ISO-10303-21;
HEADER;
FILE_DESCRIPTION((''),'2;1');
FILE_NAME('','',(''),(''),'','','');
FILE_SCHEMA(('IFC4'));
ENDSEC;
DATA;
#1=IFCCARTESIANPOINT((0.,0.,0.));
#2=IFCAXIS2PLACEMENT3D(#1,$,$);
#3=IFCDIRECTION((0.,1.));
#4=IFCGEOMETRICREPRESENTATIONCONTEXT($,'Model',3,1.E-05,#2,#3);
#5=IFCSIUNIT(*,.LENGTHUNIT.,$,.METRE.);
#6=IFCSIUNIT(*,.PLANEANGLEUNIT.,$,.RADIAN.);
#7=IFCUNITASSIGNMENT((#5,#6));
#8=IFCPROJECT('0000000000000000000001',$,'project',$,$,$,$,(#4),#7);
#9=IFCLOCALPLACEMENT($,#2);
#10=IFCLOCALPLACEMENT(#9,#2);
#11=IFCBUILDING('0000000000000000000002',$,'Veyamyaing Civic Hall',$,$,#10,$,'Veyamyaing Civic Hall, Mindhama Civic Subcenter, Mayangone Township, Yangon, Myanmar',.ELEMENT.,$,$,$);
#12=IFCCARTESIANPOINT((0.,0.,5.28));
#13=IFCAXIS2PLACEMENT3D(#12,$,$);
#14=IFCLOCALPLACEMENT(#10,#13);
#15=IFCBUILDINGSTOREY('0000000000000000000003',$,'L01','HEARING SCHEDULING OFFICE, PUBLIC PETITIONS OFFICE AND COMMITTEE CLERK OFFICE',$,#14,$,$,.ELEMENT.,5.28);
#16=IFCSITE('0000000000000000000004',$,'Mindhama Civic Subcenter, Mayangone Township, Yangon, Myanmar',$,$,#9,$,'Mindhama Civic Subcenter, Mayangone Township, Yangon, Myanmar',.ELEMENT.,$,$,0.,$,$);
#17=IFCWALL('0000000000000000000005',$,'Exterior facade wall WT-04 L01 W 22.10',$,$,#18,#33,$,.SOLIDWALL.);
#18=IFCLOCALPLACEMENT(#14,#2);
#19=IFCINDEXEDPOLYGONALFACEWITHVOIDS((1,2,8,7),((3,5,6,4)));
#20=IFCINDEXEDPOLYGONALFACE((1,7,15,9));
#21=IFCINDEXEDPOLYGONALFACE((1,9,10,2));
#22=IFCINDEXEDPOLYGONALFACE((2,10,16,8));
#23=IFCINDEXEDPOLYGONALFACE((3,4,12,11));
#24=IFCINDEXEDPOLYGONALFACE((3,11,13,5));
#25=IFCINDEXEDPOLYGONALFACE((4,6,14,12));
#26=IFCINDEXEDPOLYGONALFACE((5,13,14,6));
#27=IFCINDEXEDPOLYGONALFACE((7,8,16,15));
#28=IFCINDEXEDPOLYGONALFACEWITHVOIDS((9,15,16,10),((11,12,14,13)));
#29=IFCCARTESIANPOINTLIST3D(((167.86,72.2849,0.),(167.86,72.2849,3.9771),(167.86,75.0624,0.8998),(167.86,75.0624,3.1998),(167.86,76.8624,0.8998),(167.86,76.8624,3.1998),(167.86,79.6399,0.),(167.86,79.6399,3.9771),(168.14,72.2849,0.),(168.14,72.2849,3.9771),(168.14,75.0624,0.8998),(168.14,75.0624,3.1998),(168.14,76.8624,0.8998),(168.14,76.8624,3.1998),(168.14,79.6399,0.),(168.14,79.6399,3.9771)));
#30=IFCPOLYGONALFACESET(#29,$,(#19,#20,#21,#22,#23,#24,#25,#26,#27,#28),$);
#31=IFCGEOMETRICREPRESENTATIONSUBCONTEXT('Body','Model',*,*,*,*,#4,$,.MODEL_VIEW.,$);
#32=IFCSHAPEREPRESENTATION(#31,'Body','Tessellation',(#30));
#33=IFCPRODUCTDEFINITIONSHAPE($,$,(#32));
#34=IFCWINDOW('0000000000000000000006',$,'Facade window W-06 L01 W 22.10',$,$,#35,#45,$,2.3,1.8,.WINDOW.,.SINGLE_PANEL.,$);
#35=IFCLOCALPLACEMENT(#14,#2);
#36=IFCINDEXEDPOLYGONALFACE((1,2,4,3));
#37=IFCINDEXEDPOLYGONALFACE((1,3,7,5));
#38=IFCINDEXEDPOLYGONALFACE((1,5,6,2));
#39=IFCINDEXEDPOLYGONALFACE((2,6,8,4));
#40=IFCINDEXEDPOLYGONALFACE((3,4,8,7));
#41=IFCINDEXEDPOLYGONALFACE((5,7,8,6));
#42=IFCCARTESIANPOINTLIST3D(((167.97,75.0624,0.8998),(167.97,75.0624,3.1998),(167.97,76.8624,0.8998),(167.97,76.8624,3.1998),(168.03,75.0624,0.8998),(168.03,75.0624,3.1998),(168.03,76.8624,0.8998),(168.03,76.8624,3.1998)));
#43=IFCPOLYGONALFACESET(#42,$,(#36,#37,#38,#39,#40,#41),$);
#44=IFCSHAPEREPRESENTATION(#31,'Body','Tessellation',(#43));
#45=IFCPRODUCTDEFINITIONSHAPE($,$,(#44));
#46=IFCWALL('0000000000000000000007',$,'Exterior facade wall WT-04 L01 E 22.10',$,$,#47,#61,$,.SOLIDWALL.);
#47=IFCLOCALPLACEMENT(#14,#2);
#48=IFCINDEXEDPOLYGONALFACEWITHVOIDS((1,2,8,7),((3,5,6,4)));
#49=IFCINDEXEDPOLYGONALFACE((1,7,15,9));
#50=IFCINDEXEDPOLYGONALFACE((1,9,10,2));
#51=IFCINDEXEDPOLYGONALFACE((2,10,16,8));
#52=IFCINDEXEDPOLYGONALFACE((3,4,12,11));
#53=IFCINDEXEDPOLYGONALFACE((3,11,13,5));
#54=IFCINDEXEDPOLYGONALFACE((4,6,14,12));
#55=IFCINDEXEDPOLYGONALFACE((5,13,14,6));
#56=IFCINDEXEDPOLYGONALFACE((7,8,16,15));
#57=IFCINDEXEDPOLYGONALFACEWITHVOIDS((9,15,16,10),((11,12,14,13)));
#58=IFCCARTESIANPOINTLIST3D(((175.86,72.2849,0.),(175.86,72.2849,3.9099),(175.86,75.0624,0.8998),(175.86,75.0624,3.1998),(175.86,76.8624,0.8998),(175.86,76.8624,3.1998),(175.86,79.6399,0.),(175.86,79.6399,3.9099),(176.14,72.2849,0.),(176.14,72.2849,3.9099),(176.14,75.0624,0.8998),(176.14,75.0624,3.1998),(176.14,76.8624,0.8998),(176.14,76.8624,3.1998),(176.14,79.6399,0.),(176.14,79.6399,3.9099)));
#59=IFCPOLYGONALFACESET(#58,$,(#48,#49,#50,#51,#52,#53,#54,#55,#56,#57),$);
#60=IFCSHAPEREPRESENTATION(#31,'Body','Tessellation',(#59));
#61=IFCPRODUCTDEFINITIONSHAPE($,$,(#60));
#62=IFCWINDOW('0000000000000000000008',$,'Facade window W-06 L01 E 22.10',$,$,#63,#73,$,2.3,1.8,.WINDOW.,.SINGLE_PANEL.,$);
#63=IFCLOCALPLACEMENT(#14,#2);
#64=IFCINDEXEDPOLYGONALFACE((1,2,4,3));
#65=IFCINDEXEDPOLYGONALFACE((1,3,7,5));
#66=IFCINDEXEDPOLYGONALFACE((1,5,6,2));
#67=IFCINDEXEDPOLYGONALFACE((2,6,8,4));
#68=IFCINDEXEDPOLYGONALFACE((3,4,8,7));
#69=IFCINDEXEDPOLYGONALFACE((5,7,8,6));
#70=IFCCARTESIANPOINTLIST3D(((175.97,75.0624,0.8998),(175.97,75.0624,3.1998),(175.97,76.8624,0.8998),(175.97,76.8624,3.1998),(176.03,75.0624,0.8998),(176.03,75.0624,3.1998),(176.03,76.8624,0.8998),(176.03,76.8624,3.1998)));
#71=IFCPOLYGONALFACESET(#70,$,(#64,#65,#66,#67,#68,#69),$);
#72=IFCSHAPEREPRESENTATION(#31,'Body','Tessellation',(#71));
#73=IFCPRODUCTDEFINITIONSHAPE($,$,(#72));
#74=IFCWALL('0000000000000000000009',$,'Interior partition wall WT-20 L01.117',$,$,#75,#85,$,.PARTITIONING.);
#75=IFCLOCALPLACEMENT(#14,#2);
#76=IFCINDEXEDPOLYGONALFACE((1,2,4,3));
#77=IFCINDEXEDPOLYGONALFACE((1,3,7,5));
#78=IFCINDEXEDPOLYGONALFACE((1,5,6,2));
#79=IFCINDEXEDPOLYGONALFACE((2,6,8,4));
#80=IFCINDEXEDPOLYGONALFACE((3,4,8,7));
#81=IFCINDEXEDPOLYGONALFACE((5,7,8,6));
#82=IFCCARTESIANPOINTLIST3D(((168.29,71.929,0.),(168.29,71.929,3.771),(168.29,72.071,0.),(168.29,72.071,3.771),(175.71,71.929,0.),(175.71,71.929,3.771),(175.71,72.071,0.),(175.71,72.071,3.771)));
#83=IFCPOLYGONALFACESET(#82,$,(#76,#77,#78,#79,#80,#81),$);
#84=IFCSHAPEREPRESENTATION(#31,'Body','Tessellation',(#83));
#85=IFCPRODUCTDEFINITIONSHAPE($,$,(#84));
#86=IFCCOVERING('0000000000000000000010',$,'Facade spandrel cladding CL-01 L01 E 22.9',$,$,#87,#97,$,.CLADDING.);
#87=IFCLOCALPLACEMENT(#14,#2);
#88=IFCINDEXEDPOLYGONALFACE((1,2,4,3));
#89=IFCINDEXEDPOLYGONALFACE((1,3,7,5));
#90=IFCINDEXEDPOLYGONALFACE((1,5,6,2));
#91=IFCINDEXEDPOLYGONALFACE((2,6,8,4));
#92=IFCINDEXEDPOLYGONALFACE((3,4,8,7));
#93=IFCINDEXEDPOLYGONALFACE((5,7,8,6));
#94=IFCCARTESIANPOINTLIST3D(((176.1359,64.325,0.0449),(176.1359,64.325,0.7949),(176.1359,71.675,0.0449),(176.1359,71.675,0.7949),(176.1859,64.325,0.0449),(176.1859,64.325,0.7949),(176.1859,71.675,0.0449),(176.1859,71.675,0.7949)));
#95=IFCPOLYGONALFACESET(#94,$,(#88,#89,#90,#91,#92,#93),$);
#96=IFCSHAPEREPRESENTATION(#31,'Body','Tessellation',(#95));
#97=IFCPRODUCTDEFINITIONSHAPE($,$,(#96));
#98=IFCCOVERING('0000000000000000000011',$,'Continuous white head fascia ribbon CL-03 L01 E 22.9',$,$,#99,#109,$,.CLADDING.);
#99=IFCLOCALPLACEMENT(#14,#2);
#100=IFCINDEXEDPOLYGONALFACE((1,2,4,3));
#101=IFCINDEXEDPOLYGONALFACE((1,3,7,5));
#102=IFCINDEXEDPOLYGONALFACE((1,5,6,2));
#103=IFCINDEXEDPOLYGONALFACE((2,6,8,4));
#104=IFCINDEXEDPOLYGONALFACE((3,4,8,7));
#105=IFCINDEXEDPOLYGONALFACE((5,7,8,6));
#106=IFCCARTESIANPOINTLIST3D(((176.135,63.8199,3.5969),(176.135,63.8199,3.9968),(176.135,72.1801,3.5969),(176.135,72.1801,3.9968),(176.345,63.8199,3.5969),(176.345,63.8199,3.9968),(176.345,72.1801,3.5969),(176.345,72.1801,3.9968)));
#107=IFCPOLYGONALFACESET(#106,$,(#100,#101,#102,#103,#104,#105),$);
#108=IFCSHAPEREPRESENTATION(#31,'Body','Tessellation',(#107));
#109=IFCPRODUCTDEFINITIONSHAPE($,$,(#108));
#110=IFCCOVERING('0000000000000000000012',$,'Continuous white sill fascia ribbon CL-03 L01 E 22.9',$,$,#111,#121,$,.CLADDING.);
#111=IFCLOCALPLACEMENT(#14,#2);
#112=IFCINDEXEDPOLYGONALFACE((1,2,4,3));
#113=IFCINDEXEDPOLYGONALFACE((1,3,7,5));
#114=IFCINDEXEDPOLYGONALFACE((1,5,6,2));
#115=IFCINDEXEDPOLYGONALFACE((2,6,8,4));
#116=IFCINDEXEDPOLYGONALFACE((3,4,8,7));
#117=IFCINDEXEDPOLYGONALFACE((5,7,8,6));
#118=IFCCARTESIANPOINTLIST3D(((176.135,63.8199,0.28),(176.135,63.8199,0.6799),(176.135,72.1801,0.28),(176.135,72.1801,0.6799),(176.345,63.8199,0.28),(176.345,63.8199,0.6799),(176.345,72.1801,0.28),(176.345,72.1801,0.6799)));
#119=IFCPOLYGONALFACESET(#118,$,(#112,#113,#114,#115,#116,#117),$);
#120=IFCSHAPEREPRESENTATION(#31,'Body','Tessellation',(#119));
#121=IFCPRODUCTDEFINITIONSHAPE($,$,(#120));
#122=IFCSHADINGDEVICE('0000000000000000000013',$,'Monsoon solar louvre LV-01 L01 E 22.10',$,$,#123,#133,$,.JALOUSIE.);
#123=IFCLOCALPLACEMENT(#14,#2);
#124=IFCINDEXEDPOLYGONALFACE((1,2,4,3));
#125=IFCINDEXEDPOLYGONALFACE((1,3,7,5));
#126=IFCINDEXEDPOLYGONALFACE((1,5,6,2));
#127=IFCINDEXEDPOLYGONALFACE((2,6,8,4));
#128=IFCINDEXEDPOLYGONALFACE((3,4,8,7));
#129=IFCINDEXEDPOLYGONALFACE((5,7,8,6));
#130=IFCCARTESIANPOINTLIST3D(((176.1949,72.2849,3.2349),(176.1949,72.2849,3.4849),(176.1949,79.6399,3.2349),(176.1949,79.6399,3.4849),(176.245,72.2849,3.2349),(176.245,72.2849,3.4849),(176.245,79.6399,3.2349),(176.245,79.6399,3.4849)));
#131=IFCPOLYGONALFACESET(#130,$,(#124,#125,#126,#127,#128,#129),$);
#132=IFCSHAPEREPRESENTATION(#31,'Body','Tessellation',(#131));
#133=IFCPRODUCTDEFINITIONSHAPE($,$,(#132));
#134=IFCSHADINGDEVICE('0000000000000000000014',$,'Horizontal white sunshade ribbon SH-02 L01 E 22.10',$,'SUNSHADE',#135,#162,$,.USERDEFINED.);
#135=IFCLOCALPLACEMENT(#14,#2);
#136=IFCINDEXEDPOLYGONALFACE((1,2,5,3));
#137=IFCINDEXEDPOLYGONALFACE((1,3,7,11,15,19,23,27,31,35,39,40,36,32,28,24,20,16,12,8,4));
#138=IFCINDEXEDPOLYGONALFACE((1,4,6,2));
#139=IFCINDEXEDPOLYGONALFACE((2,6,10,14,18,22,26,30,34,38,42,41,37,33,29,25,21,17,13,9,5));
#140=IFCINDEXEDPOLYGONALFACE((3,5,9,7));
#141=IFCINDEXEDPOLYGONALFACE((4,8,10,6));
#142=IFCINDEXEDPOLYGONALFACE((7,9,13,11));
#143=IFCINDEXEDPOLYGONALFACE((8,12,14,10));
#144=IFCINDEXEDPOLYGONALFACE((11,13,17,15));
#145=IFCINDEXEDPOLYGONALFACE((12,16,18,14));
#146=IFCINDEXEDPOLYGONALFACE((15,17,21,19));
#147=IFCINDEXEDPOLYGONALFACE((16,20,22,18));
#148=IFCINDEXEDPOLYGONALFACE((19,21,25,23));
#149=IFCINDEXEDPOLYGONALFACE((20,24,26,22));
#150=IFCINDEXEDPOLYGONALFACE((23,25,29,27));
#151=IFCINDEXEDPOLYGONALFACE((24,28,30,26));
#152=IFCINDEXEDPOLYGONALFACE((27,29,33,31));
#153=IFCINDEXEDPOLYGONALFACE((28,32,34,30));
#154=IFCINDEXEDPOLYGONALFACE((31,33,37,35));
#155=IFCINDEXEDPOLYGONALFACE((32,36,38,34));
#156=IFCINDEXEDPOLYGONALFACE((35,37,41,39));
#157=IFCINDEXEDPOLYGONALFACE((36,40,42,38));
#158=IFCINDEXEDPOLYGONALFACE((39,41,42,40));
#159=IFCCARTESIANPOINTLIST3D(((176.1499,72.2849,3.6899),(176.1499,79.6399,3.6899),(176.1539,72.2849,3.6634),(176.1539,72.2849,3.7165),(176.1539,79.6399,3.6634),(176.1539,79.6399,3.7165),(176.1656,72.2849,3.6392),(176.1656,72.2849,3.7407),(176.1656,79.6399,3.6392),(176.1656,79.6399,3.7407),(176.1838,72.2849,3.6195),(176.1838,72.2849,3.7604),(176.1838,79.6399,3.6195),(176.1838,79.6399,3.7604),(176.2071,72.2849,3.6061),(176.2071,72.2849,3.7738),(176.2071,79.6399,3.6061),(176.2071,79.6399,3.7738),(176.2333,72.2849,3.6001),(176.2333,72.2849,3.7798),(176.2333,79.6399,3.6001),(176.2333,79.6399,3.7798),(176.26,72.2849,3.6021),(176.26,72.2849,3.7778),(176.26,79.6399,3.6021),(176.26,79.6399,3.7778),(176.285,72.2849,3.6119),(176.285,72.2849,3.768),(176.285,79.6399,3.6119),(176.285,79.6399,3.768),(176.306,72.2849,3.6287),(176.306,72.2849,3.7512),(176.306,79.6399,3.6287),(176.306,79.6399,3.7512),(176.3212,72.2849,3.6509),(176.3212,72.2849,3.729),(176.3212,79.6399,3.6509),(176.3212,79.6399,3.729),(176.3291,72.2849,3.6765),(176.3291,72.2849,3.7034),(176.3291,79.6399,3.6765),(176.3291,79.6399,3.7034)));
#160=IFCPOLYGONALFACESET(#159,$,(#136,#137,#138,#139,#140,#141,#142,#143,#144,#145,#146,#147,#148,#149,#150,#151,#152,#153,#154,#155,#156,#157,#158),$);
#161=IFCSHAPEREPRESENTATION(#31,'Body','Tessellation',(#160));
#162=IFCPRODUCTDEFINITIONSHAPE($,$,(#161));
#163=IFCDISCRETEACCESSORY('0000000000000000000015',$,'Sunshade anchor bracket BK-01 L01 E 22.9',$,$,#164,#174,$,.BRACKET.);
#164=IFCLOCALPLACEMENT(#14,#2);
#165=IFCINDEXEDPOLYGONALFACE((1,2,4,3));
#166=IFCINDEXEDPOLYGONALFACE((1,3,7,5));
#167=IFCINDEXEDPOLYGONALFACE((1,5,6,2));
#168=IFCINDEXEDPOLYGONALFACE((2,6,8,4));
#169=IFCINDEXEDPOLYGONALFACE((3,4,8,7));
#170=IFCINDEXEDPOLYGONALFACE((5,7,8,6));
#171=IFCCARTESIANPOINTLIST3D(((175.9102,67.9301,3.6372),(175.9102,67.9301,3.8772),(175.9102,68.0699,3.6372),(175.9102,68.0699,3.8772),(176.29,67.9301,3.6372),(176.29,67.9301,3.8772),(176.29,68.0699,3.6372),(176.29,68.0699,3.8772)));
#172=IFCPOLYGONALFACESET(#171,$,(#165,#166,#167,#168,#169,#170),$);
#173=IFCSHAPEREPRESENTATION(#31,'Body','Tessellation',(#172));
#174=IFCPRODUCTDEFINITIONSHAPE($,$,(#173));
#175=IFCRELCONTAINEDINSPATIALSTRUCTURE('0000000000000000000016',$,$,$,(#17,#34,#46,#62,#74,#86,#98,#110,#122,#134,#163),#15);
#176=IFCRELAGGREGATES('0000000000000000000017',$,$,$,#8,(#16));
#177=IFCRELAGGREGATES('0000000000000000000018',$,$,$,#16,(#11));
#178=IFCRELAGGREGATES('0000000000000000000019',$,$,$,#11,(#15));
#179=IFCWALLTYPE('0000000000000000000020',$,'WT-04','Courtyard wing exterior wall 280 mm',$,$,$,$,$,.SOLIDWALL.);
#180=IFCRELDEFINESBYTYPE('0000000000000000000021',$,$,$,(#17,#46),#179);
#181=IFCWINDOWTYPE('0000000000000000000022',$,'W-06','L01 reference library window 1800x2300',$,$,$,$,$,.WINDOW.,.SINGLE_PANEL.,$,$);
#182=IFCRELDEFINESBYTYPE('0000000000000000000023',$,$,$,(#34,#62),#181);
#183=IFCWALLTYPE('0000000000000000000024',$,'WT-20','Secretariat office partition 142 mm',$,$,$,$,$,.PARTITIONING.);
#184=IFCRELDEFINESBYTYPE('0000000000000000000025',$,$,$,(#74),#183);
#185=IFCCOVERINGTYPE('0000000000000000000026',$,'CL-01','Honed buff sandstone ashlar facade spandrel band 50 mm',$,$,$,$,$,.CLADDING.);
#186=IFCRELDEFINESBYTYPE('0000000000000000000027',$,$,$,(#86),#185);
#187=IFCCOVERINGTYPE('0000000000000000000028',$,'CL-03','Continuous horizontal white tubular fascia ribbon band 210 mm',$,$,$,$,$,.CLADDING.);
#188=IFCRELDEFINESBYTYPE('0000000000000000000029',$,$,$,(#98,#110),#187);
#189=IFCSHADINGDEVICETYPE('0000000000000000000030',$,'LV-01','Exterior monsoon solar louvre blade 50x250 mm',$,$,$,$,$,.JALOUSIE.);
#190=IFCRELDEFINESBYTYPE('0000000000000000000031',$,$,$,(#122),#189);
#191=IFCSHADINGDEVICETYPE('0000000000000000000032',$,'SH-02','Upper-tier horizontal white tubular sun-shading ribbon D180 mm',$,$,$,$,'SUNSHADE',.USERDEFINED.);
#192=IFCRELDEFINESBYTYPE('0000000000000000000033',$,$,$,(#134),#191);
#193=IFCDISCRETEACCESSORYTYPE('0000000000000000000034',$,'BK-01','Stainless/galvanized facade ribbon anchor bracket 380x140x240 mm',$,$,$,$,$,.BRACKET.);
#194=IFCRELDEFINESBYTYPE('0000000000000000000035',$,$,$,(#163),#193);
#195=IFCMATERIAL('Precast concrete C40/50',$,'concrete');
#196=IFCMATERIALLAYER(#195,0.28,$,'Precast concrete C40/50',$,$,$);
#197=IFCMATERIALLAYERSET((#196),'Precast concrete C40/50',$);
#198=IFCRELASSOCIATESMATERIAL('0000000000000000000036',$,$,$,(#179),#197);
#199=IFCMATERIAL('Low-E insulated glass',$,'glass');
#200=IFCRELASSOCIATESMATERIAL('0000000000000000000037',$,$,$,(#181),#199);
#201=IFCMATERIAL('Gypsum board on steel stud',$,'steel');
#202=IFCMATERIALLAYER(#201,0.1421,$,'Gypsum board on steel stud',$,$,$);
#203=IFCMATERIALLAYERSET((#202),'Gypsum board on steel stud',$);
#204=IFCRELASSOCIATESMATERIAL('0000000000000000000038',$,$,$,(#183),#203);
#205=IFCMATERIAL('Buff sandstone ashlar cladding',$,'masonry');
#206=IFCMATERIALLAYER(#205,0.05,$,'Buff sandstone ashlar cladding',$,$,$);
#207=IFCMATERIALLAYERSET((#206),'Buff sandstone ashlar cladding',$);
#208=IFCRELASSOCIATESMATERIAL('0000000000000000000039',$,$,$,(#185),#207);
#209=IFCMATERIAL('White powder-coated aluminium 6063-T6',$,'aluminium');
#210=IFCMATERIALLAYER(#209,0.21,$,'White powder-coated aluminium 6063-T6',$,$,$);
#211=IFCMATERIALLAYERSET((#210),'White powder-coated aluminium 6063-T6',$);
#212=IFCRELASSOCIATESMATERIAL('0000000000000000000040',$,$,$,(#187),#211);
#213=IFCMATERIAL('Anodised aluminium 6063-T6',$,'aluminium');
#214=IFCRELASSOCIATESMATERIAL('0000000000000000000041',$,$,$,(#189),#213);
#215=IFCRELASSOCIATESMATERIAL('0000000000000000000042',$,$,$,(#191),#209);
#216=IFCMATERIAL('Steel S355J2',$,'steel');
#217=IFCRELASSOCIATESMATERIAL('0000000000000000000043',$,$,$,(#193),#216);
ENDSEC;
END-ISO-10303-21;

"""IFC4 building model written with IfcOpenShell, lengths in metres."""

from ifc_helpers import new_model, si_unit, direction, frame, frame_2d, origin, origin_2d, place, context, subcontext, project, spatial, rectangle, circle, extrude, material, layer, layer_set, material_profile, profile_set, type_object, element, fill, save


model = new_model("IFC4")

# Units and contexts
model_context = context("Model", 3, precision=1e-05, world=origin(), true_north=direction((0.0, 1.0)))
body_context = subcontext(model_context, "Body", "Model", "MODEL_VIEW")
ifc_project = project(units=[si_unit("LENGTHUNIT", "METRE"), si_unit("PLANEANGLEUNIT", "RADIAN")], contexts=[model_context])

# Site, building, storey
site_placement = place(None, origin())
site = spatial("IfcSite", under=ifc_project, at=site_placement, Name="Mindhama Civic Subcenter, Mayangone Township, Yangon, Myanmar", LongName="Mindhama Civic Subcenter, Mayangone Township, Yangon, Myanmar", CompositionType="ELEMENT", RefElevation=0.0)
building_placement = place(site_placement, origin())
building = spatial("IfcBuilding", under=site, at=building_placement, Name="Veyamyaing Civic Hall", LongName="Veyamyaing Civic Hall, Mindhama Civic Subcenter, Mayangone Township, Yangon, Myanmar", CompositionType="ELEMENT")
storey_placement = place(building_placement, frame((0.0, 0.0, 5.28)))
storey = spatial("IfcBuildingStorey", under=building, at=storey_placement, Name="L01", Description="HEARING SCHEDULING OFFICE, PUBLIC PETITIONS OFFICE AND COMMITTEE CLERK OFFICE", CompositionType="ELEMENT", Elevation=5.28)

# Walls, openings, windows
ifc_material_1 = material(Name="Precast concrete C40/50", Category="concrete")
ifc_layer_1 = layer(ifc_material_1, 0.28, Name="Precast concrete C40/50")
ifc_layer_set_1 = layer_set([ifc_layer_1], Name="Precast concrete C40/50")
wall_type_1 = type_object("IfcWallType", Name="WT-04", Description="Courtyard wing exterior wall 280 mm", PredefinedType="SOLIDWALL", material=ifc_layer_set_1)
wall_1_placement = place(storey_placement, frame((168.0, 72.2849, 0.0), z_axis=(0.0, 0.0, 1.0), x_axis=(0.0, 1.0, 0.0)))
wall_1 = element("IfcWall", 1, at=wall_1_placement, inside=storey, type_object=wall_type_1, Name="Exterior facade wall WT-04 L01 W 22.10", PredefinedType="SOLIDWALL", context=body_context, shape_type="SweptSolid", body=[
    extrude(rectangle(XDim=7.355, YDim=0.28, at=frame_2d((3.6775, 0.0))), origin(), (0.0, 0.0, 1.0), 3.9771),
])
opening_1_placement = place(wall_1_placement, frame((2.7776, 0.0, 0.8999)))
opening_1 = element("IfcOpeningElement", 2, at=opening_1_placement, cuts=wall_1, PredefinedType="OPENING", context=body_context, shape_type="SweptSolid", body=[
    extrude(rectangle(XDim=1.8, YDim=2.3, at=frame_2d((0.8999, 1.1499))), frame((0.0, 0.1499, 0.0), z_axis=(0.0, -1.0, 0.0), x_axis=(1.0, 0.0, 0.0)), (0.0, 0.0, 1.0), 0.3),
])
ifc_material_2 = material(Name="Low-E insulated glass", Category="glass")
window_type = type_object("IfcWindowType", Name="W-06", Description="L01 reference library window 1800x2300", PartitioningType="SINGLE_PANEL", PredefinedType="WINDOW", material=ifc_material_2)
window_1_placement = place(opening_1_placement, origin())
window_1 = element("IfcWindow", 3, at=window_1_placement, inside=storey, type_object=window_type, Name="Facade window W-06 L01 W 22.10", OverallHeight=2.3, OverallWidth=1.8, PartitioningType="SINGLE_PANEL", PredefinedType="WINDOW", context=body_context, shape_type="SweptSolid", body=[
    extrude(rectangle(XDim=1.8, YDim=2.3, at=frame_2d((0.8999, 1.1499))), frame((0.0, 0.03, 0.0), z_axis=(0.0, -1.0, 0.0), x_axis=(1.0, 0.0, 0.0)), (0.0, 0.0, 1.0), 0.0601),
])
fill(opening_1, window_1)
wall_2_placement = place(storey_placement, frame((176.0, 72.2849, 0.0), z_axis=(0.0, 0.0, 1.0), x_axis=(0.0, 1.0, 0.0)))
wall_2 = element("IfcWall", 4, at=wall_2_placement, inside=storey, type_object=wall_type_1, Name="Exterior facade wall WT-04 L01 E 22.10", PredefinedType="SOLIDWALL", context=body_context, shape_type="SweptSolid", body=[
    extrude(rectangle(XDim=7.355, YDim=0.28, at=frame_2d((3.6775, 0.0))), origin(), (0.0, 0.0, 1.0), 3.9099),
])
opening_2_placement = place(wall_2_placement, frame((2.7776, 0.0, 0.8999)))
opening_2 = element("IfcOpeningElement", 5, at=opening_2_placement, cuts=wall_2, PredefinedType="OPENING", context=body_context, shape_type="SweptSolid", body=[
    extrude(rectangle(XDim=1.8, YDim=2.3, at=frame_2d((0.8999, 1.1499))), frame((0.0, 0.1499, 0.0), z_axis=(0.0, -1.0, 0.0), x_axis=(1.0, 0.0, 0.0)), (0.0, 0.0, 1.0), 0.3),
])
window_2_placement = place(opening_2_placement, origin())
window_2 = element("IfcWindow", 6, at=window_2_placement, inside=storey, type_object=window_type, Name="Facade window W-06 L01 E 22.10", OverallHeight=2.3, OverallWidth=1.8, PartitioningType="SINGLE_PANEL", PredefinedType="WINDOW", context=body_context, shape_type="SweptSolid", body=[
    extrude(rectangle(XDim=1.8, YDim=2.3, at=frame_2d((0.8999, 1.1499))), frame((0.0, 0.03, 0.0), z_axis=(0.0, -1.0, 0.0), x_axis=(1.0, 0.0, 0.0)), (0.0, 0.0, 1.0), 0.0601),
])
fill(opening_2, window_2)

# Wall
ifc_material_3 = material(Name="Gypsum board on steel stud", Category="steel")
ifc_layer_2 = layer(ifc_material_3, 0.1421, Name="Gypsum board on steel stud")
ifc_layer_set_2 = layer_set([ifc_layer_2], Name="Gypsum board on steel stud")
wall_type_2 = type_object("IfcWallType", Name="WT-20", Description="Secretariat office partition 142 mm", PredefinedType="PARTITIONING", material=ifc_layer_set_2)
wall_3_placement = place(storey_placement, frame((168.29, 72.0, 0.0), z_axis=(0.0, 0.0, 1.0), x_axis=(1.0, 0.0, 0.0)))
element("IfcWall", 7, at=wall_3_placement, inside=storey, type_object=wall_type_2, Name="Interior partition wall WT-20 L01.117", PredefinedType="PARTITIONING", context=body_context, shape_type="SweptSolid", body=[
    extrude(rectangle(XDim=7.4199, YDim=0.1421, at=frame_2d((3.71, 0.0))), origin(), (0.0, 0.0, 1.0), 3.771),
])

# Coverings
ifc_material_4 = material(Name="Buff sandstone ashlar cladding", Category="masonry")
ifc_layer_3 = layer(ifc_material_4, 0.05, Name="Buff sandstone ashlar cladding")
ifc_layer_set_3 = layer_set([ifc_layer_3], Name="Buff sandstone ashlar cladding")
covering_type_1 = type_object("IfcCoveringType", Name="CL-01", Description="Honed buff sandstone ashlar facade spandrel band 50 mm", PredefinedType="CLADDING", material=ifc_layer_set_3)
covering_placement = place(storey_placement, frame((176.1609, 68.0, 0.0449), z_axis=(0.0, 0.0, 1.0), x_axis=(0.0, 1.0, 0.0)))
element("IfcCovering", 8, at=covering_placement, inside=storey, type_object=covering_type_1, Name="Facade spandrel cladding CL-01 L01 E 22.9", PredefinedType="CLADDING", context=body_context, shape_type="SweptSolid", body=[
    extrude(rectangle(XDim=7.3501, YDim=0.05, at=origin_2d()), origin(), (0.0, 0.0, 1.0), 0.75),
])
ifc_material_5 = material(Name="White powder-coated aluminium 6063-T6", Category="aluminium")
ifc_layer_4 = layer(ifc_material_5, 0.21, Name="White powder-coated aluminium 6063-T6")
ifc_layer_set_4 = layer_set([ifc_layer_4], Name="White powder-coated aluminium 6063-T6")
covering_type_2 = type_object("IfcCoveringType", Name="CL-03", Description="Continuous horizontal white tubular fascia ribbon band 210 mm", PredefinedType="CLADDING", material=ifc_layer_set_4)
for number, where, z_axis, x_axis, name in (
    (9, (176.24, 68.0, 3.5969), (0.0, 0.0, 1.0), (0.0, 1.0, 0.0), "Continuous white head fascia ribbon CL-03 L01 E 22.9"),
    (10, (176.24, 68.0, 0.28), (0.0, 0.0, 1.0), (0.0, 1.0, 0.0), "Continuous white sill fascia ribbon CL-03 L01 E 22.9"),
):
    element("IfcCovering", number, at=place(storey_placement, frame(where, z_axis=z_axis, x_axis=x_axis)), inside=storey, type_object=covering_type_2, Name=name, PredefinedType="CLADDING", context=body_context, shape_type="SweptSolid", body=[
        extrude(rectangle(XDim=8.3601, YDim=0.21, at=origin_2d()), origin(), (0.0, 0.0, 1.0), 0.3999),
    ])

# Shading devices
ifc_material_6 = material(Name="Anodised aluminium 6063-T6", Category="aluminium")
ifc_material_profile_1 = material_profile(ifc_material_6, rectangle(XDim=0.05, YDim=0.25, at=origin_2d()), Name="LOUVRE-BLADE-50X250")
ifc_profile_set_1 = profile_set([ifc_material_profile_1], Name="Anodised aluminium 6063-T6")
shading_device_type_1 = type_object("IfcShadingDeviceType", Name="LV-01", Description="Exterior monsoon solar louvre blade 50x250 mm", PredefinedType="JALOUSIE", material=ifc_profile_set_1)
shading_device_1_placement = place(storey_placement, frame((176.22, 72.2849, 3.3599), z_axis=(0.0, 1.0, 0.0), x_axis=(-1.0, 0.0, 0.0)))
element("IfcShadingDevice", 11, at=shading_device_1_placement, inside=storey, type_object=shading_device_type_1, Name="Monsoon solar louvre LV-01 L01 E 22.10", PredefinedType="JALOUSIE", context=body_context, shape_type="SweptSolid", body=[
    extrude(rectangle(XDim=0.05, YDim=0.25, at=origin_2d()), origin(), (0.0, 0.0, 1.0), 7.355),
])
ifc_material_profile_2 = material_profile(ifc_material_5, circle(Radius=0.0901, at=origin_2d()), Name="SHADE-TUBE-180")
ifc_profile_set_2 = profile_set([ifc_material_profile_2], Name="White powder-coated aluminium 6063-T6")
shading_device_type_2 = type_object("IfcShadingDeviceType", Name="SH-02", Description="Upper-tier horizontal white tubular sun-shading ribbon D180 mm", ElementType="SUNSHADE", PredefinedType="USERDEFINED", material=ifc_profile_set_2)
shading_device_2_placement = place(storey_placement, frame((176.24, 72.2849, 3.6899), z_axis=(0.0, 1.0, 0.0), x_axis=(-1.0, 0.0, 0.0)))
element("IfcShadingDevice", 12, at=shading_device_2_placement, inside=storey, type_object=shading_device_type_2, Name="Horizontal white sunshade ribbon SH-02 L01 E 22.10", ObjectType="SUNSHADE", PredefinedType="USERDEFINED", context=body_context, shape_type="SweptSolid", body=[
    extrude(circle(Radius=0.0901, at=origin_2d()), origin(), (0.0, 0.0, 1.0), 7.355),
])

# Discrete accessory
ifc_material_7 = material(Name="Steel S355J2", Category="steel")
discrete_accessory_type = type_object("IfcDiscreteAccessoryType", Name="BK-01", Description="Stainless/galvanized facade ribbon anchor bracket 380x140x240 mm", PredefinedType="BRACKET", material=ifc_material_7)
for number, where, z_axis, x_axis, name in (
    (13, (176.1001, 68.0, 3.6372), (0.0, 0.0, 1.0), (1.0, 0.0, 0.0), "Sunshade anchor bracket BK-01 L01 E 22.9"),
):
    element("IfcDiscreteAccessory", number, at=place(storey_placement, frame(where, z_axis=z_axis, x_axis=x_axis)), inside=storey, type_object=discrete_accessory_type, Name=name, PredefinedType="BRACKET", context=body_context, shape_type="SweptSolid", body=[
        extrude(rectangle(XDim=0.3799, YDim=0.1399, at=origin_2d()), origin(), (0.0, 0.0, 1.0), 0.24),
    ])

save(model, "model.ifc")
